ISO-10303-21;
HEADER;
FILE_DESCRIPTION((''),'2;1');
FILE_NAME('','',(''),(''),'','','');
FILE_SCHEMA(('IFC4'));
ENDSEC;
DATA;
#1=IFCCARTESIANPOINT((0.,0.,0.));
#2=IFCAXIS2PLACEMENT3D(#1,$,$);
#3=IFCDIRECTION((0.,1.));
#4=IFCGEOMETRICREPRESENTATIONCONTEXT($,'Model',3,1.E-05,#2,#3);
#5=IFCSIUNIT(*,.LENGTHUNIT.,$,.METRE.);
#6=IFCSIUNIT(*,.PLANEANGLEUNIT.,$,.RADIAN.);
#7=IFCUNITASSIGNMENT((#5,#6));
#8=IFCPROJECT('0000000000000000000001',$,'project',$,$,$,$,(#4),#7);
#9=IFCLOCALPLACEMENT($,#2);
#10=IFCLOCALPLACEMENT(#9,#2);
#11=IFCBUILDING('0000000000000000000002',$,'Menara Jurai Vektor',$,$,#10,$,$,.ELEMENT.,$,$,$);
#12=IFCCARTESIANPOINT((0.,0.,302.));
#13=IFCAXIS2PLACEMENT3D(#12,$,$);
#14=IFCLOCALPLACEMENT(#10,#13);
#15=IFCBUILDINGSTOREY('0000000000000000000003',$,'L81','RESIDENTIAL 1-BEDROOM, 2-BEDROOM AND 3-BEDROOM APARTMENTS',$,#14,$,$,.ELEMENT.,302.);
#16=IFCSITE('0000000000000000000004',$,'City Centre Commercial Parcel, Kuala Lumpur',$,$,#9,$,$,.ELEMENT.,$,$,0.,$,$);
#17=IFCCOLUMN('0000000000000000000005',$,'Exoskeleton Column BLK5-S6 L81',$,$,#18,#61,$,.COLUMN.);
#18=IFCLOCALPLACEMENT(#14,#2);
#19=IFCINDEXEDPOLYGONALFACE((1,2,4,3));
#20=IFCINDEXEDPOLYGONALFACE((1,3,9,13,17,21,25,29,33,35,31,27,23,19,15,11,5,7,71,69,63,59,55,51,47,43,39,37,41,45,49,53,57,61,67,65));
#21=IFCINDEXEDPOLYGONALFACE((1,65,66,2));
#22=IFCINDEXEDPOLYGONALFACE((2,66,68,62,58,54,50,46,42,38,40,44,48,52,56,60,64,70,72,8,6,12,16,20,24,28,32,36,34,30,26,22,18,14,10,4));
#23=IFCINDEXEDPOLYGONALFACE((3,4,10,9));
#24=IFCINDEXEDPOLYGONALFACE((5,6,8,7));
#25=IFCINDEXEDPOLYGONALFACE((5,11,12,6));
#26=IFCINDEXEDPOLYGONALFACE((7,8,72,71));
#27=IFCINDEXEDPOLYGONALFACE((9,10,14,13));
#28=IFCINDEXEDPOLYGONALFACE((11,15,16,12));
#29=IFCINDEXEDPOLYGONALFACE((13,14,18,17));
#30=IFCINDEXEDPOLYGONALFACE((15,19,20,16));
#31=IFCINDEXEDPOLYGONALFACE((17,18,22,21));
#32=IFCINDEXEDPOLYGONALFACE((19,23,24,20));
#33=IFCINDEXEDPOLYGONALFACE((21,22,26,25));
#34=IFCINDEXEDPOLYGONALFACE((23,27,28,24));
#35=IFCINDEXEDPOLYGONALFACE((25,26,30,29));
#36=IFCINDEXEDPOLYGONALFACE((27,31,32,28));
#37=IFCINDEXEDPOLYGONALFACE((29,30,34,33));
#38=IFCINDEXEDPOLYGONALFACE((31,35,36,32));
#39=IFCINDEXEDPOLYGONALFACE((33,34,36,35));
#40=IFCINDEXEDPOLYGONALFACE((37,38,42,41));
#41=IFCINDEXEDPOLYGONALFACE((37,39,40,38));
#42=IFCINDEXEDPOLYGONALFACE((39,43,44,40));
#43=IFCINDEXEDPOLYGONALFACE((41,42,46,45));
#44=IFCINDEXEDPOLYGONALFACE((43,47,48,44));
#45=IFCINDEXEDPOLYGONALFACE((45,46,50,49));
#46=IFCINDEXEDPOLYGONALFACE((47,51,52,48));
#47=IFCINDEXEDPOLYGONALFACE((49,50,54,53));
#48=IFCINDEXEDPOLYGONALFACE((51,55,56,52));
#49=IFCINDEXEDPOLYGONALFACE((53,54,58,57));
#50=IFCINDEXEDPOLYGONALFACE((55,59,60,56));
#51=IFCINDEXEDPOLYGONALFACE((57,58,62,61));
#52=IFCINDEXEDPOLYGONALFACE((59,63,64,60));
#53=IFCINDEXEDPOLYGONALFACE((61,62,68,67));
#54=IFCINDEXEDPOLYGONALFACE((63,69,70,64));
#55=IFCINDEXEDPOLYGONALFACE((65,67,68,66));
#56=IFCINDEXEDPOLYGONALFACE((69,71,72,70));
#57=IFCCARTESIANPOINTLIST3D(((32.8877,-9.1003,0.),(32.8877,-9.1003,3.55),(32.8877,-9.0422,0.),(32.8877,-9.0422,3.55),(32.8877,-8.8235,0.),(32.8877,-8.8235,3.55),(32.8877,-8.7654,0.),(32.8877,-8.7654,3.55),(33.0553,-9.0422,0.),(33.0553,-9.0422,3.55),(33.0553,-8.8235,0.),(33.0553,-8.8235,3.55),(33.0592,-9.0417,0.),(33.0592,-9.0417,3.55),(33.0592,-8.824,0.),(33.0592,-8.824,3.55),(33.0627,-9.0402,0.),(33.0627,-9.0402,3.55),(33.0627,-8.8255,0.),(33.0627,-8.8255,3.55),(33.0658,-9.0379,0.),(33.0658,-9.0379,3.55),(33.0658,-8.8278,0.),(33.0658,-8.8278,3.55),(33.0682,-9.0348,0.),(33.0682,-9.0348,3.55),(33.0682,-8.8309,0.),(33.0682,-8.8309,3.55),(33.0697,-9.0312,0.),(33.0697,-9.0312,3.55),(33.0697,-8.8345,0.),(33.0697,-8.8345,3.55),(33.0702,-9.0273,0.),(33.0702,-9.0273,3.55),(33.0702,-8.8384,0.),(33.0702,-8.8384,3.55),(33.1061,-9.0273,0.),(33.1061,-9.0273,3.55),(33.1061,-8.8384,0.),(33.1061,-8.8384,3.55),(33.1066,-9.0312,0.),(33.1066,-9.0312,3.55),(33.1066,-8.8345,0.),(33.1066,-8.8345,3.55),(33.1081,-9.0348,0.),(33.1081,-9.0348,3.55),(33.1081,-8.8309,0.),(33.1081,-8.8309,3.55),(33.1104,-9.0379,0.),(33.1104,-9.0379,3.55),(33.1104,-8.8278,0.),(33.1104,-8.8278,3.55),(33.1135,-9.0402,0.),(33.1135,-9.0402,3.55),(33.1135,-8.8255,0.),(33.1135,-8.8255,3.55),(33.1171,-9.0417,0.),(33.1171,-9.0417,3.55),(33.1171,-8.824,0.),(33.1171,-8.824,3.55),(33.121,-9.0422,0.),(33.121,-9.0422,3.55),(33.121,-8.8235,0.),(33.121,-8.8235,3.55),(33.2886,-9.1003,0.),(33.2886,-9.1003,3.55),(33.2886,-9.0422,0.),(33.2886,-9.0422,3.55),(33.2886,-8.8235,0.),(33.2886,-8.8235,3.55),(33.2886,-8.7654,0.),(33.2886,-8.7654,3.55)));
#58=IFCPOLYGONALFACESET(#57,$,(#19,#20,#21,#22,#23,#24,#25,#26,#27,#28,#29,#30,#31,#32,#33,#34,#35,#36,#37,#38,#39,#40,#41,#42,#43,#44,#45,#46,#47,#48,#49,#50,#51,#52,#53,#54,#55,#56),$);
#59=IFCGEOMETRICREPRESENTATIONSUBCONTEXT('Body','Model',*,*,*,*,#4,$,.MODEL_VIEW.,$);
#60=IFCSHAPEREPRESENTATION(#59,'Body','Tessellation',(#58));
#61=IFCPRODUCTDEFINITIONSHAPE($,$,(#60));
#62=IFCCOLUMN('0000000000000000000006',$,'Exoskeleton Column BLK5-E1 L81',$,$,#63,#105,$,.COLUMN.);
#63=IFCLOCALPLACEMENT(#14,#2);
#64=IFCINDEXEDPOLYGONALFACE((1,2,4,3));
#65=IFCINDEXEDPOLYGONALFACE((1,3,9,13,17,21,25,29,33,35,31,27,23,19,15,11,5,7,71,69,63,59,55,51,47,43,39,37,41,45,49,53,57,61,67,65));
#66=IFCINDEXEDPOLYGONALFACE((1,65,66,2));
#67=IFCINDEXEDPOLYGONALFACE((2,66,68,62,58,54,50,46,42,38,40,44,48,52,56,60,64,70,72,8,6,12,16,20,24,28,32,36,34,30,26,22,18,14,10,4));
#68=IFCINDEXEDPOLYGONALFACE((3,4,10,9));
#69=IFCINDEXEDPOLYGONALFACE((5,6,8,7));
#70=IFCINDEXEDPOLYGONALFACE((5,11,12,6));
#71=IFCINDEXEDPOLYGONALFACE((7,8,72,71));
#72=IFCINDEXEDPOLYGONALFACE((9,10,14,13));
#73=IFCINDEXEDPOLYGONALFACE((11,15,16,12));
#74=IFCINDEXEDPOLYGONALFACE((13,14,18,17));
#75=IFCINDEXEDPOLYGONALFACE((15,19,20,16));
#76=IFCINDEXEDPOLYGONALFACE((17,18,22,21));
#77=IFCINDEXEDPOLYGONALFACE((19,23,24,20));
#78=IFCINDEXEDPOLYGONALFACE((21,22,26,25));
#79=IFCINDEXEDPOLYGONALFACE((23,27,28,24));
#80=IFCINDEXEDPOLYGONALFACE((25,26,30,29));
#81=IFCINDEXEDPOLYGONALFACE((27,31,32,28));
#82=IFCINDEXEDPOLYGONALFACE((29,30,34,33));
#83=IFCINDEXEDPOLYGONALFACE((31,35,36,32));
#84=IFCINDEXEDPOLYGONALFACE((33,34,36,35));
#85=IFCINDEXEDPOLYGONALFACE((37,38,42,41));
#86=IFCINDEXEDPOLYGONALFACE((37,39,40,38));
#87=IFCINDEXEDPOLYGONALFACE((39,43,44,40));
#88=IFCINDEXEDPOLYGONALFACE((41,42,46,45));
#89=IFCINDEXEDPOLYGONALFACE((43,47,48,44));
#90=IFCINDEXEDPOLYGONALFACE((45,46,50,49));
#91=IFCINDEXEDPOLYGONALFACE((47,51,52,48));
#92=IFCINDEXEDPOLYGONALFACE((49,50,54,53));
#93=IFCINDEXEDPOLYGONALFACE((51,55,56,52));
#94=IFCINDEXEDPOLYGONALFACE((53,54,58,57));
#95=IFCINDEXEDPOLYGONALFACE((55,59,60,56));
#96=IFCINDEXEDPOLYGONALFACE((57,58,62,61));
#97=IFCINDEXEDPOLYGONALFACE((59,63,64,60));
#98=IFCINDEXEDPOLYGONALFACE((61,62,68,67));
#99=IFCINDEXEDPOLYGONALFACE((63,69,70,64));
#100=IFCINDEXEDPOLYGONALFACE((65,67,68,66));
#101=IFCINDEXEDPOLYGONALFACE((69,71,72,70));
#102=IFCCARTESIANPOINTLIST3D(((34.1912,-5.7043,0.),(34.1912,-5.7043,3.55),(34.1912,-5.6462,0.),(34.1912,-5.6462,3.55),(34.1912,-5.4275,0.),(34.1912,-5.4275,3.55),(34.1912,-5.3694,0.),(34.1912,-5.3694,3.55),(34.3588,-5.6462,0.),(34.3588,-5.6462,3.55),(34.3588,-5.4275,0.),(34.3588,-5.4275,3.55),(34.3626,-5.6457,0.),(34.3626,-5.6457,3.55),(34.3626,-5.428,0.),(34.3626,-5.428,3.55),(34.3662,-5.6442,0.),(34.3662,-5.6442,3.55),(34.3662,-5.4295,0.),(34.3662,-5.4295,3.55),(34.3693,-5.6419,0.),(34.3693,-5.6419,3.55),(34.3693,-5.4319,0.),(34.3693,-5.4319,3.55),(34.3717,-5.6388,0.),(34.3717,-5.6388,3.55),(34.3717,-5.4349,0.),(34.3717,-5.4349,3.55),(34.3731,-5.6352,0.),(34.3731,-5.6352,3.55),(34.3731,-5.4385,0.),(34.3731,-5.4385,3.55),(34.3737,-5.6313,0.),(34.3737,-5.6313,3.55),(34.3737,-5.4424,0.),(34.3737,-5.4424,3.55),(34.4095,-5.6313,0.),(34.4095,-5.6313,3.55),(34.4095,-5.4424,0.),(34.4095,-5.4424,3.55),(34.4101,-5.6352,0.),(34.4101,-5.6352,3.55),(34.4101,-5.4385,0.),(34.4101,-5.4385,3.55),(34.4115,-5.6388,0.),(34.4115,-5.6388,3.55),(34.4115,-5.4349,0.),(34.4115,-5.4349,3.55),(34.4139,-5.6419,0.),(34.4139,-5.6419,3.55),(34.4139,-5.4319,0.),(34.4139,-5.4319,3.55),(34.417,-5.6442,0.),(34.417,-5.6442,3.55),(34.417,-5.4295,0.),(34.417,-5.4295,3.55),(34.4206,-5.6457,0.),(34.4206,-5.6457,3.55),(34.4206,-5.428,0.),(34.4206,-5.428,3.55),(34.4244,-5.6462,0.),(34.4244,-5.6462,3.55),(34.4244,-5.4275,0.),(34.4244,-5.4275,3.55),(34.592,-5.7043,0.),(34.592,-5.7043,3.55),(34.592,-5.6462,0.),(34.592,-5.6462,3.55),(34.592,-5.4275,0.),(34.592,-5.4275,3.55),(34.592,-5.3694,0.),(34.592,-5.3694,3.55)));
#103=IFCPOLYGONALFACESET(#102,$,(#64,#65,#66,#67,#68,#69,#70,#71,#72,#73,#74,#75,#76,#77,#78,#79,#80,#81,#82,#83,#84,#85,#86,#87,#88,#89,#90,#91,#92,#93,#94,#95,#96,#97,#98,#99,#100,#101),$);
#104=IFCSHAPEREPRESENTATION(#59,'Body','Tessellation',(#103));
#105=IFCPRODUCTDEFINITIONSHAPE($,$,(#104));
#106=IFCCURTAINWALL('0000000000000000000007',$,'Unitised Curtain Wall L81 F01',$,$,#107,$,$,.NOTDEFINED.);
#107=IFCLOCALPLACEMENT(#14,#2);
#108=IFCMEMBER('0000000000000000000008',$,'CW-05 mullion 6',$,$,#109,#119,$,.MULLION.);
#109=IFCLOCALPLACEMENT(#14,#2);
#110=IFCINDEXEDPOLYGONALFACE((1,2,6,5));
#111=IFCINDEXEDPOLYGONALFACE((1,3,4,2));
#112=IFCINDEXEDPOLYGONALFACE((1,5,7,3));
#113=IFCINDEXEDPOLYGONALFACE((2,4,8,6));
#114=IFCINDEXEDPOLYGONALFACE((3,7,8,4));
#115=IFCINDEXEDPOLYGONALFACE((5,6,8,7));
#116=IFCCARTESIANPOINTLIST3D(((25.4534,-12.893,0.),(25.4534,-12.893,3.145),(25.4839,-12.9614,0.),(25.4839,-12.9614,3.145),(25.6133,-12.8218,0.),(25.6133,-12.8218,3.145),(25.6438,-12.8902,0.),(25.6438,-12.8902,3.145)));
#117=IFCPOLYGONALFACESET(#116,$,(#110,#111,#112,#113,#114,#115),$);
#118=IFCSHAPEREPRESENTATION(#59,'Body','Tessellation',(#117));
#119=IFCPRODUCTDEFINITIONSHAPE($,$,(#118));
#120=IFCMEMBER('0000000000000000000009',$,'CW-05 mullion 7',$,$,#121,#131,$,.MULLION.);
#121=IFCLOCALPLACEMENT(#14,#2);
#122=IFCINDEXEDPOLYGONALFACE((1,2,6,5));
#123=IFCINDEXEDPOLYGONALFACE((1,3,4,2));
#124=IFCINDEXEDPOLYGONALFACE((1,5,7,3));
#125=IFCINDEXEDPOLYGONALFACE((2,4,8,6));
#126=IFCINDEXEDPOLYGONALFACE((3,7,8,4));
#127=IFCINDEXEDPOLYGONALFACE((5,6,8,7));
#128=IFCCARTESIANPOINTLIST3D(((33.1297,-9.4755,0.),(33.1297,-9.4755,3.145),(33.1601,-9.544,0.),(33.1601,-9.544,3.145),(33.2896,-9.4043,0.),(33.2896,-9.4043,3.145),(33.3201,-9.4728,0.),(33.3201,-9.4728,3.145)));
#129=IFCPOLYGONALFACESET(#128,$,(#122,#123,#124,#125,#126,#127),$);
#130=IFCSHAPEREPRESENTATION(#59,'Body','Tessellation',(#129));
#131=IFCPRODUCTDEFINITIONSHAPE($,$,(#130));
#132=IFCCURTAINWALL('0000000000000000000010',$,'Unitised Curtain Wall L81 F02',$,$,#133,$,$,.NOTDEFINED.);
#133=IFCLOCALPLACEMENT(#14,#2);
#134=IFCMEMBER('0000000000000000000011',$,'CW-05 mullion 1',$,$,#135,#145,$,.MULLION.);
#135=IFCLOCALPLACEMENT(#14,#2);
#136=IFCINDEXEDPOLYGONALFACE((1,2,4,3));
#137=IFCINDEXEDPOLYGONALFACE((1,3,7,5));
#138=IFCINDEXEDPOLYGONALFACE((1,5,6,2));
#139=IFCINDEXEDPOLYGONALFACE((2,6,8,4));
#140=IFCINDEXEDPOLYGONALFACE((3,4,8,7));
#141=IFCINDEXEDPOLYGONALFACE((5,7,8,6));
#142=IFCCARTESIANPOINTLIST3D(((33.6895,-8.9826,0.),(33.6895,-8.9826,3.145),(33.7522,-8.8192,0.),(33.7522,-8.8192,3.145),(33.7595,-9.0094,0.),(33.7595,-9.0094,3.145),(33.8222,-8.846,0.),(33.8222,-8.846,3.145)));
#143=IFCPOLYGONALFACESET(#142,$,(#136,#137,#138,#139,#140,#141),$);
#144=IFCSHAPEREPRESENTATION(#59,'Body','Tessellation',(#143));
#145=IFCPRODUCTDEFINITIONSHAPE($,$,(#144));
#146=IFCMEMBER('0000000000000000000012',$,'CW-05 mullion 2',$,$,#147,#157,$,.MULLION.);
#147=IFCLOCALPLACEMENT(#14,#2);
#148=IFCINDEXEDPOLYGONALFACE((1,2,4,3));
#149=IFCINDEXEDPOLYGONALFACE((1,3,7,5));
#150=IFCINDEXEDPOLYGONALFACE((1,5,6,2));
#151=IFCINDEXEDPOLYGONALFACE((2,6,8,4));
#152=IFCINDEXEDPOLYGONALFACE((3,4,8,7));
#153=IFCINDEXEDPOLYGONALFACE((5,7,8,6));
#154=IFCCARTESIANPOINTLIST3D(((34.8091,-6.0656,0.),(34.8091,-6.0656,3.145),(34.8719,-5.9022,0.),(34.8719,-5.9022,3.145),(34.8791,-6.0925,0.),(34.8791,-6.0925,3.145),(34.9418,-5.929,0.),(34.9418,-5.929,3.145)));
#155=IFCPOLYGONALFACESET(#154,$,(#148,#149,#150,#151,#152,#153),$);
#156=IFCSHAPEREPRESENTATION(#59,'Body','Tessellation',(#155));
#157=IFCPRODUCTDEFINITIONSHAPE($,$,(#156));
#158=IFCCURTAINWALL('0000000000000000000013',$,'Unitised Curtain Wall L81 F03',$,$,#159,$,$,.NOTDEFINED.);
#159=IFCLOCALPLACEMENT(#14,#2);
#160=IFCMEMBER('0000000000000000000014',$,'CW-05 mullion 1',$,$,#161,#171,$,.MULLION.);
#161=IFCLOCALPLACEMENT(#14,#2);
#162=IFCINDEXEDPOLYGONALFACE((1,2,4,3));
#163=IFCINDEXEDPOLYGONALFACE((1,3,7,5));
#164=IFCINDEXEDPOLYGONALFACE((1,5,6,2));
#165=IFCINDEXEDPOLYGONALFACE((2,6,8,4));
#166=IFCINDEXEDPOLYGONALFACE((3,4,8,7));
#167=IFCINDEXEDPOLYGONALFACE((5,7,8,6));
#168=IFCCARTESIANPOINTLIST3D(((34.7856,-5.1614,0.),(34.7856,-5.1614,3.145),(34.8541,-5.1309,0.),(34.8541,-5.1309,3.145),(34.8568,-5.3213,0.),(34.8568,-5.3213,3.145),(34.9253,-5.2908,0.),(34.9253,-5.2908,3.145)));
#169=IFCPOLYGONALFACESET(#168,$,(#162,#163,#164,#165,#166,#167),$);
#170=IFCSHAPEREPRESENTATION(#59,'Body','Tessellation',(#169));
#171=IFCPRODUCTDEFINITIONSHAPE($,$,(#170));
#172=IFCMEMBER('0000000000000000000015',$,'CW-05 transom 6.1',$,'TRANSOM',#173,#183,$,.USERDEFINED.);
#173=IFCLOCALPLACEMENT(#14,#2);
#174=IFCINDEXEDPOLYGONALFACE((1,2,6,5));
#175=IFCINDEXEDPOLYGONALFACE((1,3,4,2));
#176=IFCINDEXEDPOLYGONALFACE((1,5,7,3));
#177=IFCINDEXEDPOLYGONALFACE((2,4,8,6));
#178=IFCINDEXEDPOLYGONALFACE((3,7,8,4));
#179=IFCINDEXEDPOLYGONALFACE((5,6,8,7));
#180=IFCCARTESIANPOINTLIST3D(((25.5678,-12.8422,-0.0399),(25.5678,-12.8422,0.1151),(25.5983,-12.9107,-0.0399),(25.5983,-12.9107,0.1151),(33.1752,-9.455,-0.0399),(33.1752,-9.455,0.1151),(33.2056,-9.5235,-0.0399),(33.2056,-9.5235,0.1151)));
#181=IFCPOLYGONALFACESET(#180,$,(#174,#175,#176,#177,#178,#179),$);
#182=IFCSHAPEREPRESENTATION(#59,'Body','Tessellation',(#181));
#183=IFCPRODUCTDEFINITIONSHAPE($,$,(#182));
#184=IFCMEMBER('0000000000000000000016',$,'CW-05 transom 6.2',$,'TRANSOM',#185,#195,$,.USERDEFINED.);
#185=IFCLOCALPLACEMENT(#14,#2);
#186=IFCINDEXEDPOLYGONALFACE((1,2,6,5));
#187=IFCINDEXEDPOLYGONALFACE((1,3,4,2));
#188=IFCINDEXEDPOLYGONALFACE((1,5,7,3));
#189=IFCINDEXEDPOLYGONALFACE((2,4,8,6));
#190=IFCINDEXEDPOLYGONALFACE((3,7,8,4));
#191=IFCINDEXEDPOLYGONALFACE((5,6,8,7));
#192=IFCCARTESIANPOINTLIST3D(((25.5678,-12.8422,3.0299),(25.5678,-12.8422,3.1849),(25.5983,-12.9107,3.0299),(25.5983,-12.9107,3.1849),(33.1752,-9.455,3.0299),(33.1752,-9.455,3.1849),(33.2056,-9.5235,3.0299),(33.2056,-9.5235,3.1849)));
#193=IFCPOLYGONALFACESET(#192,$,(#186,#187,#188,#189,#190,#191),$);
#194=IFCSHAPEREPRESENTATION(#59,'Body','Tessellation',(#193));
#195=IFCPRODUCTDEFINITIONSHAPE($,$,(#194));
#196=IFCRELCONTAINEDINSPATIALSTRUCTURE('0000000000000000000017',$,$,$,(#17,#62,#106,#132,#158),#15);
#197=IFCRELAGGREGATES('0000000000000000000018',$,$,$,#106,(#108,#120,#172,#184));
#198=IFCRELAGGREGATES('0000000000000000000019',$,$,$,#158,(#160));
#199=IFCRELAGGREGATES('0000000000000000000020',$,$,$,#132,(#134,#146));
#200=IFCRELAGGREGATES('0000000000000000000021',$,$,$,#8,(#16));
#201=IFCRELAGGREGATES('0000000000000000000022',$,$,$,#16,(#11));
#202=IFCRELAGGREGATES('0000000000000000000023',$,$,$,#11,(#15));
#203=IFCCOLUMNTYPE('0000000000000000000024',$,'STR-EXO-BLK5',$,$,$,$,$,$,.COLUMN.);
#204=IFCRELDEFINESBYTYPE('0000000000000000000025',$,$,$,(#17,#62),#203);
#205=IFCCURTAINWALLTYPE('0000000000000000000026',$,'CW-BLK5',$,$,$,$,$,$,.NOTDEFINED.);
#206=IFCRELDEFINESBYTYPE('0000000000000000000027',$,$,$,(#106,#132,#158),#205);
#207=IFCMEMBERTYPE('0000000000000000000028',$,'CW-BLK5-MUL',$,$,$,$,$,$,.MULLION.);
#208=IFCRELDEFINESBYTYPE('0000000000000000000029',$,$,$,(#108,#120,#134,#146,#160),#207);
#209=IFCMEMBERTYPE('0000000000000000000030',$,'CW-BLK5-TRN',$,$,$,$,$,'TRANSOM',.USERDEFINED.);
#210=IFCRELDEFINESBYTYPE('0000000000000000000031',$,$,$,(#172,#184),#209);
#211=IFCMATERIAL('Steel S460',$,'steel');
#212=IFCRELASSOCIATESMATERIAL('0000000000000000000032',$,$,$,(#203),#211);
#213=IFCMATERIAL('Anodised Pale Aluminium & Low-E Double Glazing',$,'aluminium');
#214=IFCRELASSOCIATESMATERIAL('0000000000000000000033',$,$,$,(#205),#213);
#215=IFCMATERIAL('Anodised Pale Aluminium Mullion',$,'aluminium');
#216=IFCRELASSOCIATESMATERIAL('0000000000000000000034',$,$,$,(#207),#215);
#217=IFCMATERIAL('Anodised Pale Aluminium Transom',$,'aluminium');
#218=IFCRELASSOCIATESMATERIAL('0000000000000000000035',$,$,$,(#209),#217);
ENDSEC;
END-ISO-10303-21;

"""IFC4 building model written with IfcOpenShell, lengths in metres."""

from ifc_helpers import new_model, si_unit, direction, frame, origin, origin_2d, place, context, subcontext, project, spatial, rectangle, i_section, extrude, material, material_profile, profile_set, type_object, element, aggregate, save


model = new_model("IFC4")

# Units and contexts
model_context = context("Model", 3, precision=1e-05, world=origin(), true_north=direction((0.0, 1.0)))
body_context = subcontext(model_context, "Body", "Model", "MODEL_VIEW")
ifc_project = project(units=[si_unit("LENGTHUNIT", "METRE"), si_unit("PLANEANGLEUNIT", "RADIAN")], contexts=[model_context])

# Site, building, storey
site_placement = place(None, origin())
site = spatial("IfcSite", under=ifc_project, at=site_placement, Name="City Centre Commercial Parcel, Kuala Lumpur", CompositionType="ELEMENT", RefElevation=0.0)
building_placement = place(site_placement, origin())
building = spatial("IfcBuilding", under=site, at=building_placement, Name="Menara Jurai Vektor", CompositionType="ELEMENT")
storey_placement = place(building_placement, frame((0.0, 0.0, 302.0)))
storey = spatial("IfcBuildingStorey", under=building, at=storey_placement, Name="L81", Description="RESIDENTIAL 1-BEDROOM, 2-BEDROOM AND 3-BEDROOM APARTMENTS", CompositionType="ELEMENT", Elevation=302.0)

# Columns
ifc_material_1 = material(Name="Steel S460", Category="steel")
ifc_material_profile_1 = material_profile(ifc_material_1, i_section(OverallWidth=0.4009, OverallDepth=0.335, WebThickness=0.0359, FlangeThickness=0.0581, FilletRadius=0.0149, at=origin_2d()), Name="HD 400x463")
ifc_profile_set_1 = profile_set([ifc_material_profile_1], Name="Steel S460")
column_type = type_object("IfcColumnType", Name="STR-EXO-BLK5", PredefinedType="COLUMN", material=ifc_profile_set_1)
for number, where, z_axis, x_axis, name in (
    (1, (33.0881, -8.9329, 0.0), (0.0, 0.0, 1.0), (1.0, 0.0, 0.0), "Exoskeleton Column BLK5-S6 L81"),
    (2, (34.3916, -5.5369, 0.0), (0.0, 0.0, 1.0), (1.0, 0.0, 0.0), "Exoskeleton Column BLK5-E1 L81"),
):
    element("IfcColumn", number, at=place(storey_placement, frame(where, z_axis=z_axis, x_axis=x_axis)), inside=storey, type_object=column_type, Name=name, PredefinedType="COLUMN", context=body_context, shape_type="SweptSolid", body=[
        extrude(i_section(OverallWidth=0.4009, OverallDepth=0.335, WebThickness=0.0359, FlangeThickness=0.0581, FilletRadius=0.0149, at=origin_2d()), origin(), (0.0, 0.0, 1.0), 3.55),
    ])

# Curtain walls, members
ifc_material_2 = material(Name="Anodised Pale Aluminium & Low-E Double Glazing", Category="aluminium")
curtain_wall_type = type_object("IfcCurtainWallType", Name="CW-BLK5", PredefinedType="NOTDEFINED", material=ifc_material_2)
curtain_wall_1_placement = place(storey_placement, origin())
curtain_wall_1 = element("IfcCurtainWall", 3, at=curtain_wall_1_placement, inside=storey, type_object=curtain_wall_type, Name="Unitised Curtain Wall L81 F01", PredefinedType="NOTDEFINED")
ifc_material_3 = material(Name="Anodised Pale Aluminium Mullion", Category="aluminium")
ifc_material_profile_2 = material_profile(ifc_material_3, rectangle(XDim=0.075, YDim=0.175, at=origin_2d()), Name="ALU MUL 75x175")
ifc_profile_set_2 = profile_set([ifc_material_profile_2], Name="Anodised Pale Aluminium Mullion")
member_type_1 = type_object("IfcMemberType", Name="CW-BLK5-MUL", PredefinedType="MULLION", material=ifc_profile_set_2)
member_1_placement = place(storey_placement, frame((25.5486, -12.8916, 0.0), z_axis=(0.0, 0.0, 1.0), x_axis=(-0.406735, 0.913546, 0.0)))
member_1 = element("IfcMember", 4, at=member_1_placement, type_object=member_type_1, Name="CW-05 mullion 6", PredefinedType="MULLION", context=body_context, shape_type="SweptSolid", body=[
    extrude(rectangle(XDim=0.075, YDim=0.175, at=origin_2d()), origin(), (0.0, 0.0, 1.0), 3.145),
])
member_2_placement = place(storey_placement, frame((33.2249, -9.4741, 0.0), z_axis=(0.0, 0.0, 1.0), x_axis=(-0.406735, 0.913546, 0.0)))
member_2 = element("IfcMember", 5, at=member_2_placement, type_object=member_type_1, Name="CW-05 mullion 7", PredefinedType="MULLION", context=body_context, shape_type="SweptSolid", body=[
    extrude(rectangle(XDim=0.075, YDim=0.175, at=origin_2d()), origin(), (0.0, 0.0, 1.0), 3.145),
])
curtain_wall_2_placement = place(storey_placement, origin())
curtain_wall_2 = element("IfcCurtainWall", 6, at=curtain_wall_2_placement, inside=storey, type_object=curtain_wall_type, Name="Unitised Curtain Wall L81 F02", PredefinedType="NOTDEFINED")
member_3_placement = place(storey_placement, frame((33.7559, -8.9143, 0.0), z_axis=(0.0, 0.0, 1.0), x_axis=(-0.933578, 0.358374, 0.0)))
member_3 = element("IfcMember", 7, at=member_3_placement, type_object=member_type_1, Name="CW-05 mullion 1", PredefinedType="MULLION", context=body_context, shape_type="SweptSolid", body=[
    extrude(rectangle(XDim=0.075, YDim=0.175, at=origin_2d()), origin(), (0.0, 0.0, 1.0), 3.145),
])
member_4_placement = place(storey_placement, frame((34.8755, -5.9973, 0.0), z_axis=(0.0, 0.0, 1.0), x_axis=(-0.933578, 0.358374, 0.0)))
member_4 = element("IfcMember", 8, at=member_4_placement, type_object=member_type_1, Name="CW-05 mullion 2", PredefinedType="MULLION", context=body_context, shape_type="SweptSolid", body=[
    extrude(rectangle(XDim=0.075, YDim=0.175, at=origin_2d()), origin(), (0.0, 0.0, 1.0), 3.145),
])

# Curtain wall, member
curtain_wall_3_placement = place(storey_placement, origin())
curtain_wall_3 = element("IfcCurtainWall", 9, at=curtain_wall_3_placement, inside=storey, type_object=curtain_wall_type, Name="Unitised Curtain Wall L81 F03", PredefinedType="NOTDEFINED")
member_5_placement = place(storey_placement, frame((34.8555, -5.2261, 0.0), z_axis=(0.0, 0.0, 1.0), x_axis=(-0.913546, -0.406735, 0.0)))
member_5 = element("IfcMember", 10, at=member_5_placement, type_object=member_type_1, Name="CW-05 mullion 1", PredefinedType="MULLION", context=body_context, shape_type="SweptSolid", body=[
    extrude(rectangle(XDim=0.075, YDim=0.175, at=origin_2d()), origin(), (0.0, 0.0, 1.0), 3.145),
])

# Members
ifc_material_4 = material(Name="Anodised Pale Aluminium Transom", Category="aluminium")
ifc_material_profile_3 = material_profile(ifc_material_4, rectangle(XDim=0.075, YDim=0.155, at=origin_2d()), Name="ALU TRN 75x155")
ifc_profile_set_3 = profile_set([ifc_material_profile_3], Name="Anodised Pale Aluminium Transom")
member_type_2 = type_object("IfcMemberType", Name="CW-BLK5-TRN", ElementType="TRANSOM", PredefinedType="USERDEFINED", material=ifc_profile_set_3)
member_6_placement = place(storey_placement, frame((25.583, -12.8765, 0.0376), z_axis=(0.913538, 0.406753, 0.0), x_axis=(-0.406753, 0.913538, 0.0)))
member_6 = element("IfcMember", 11, at=member_6_placement, type_object=member_type_2, Name="CW-05 transom 6.1", ObjectType="TRANSOM", PredefinedType="USERDEFINED", context=body_context, shape_type="SweptSolid", body=[
    extrude(rectangle(XDim=0.075, YDim=0.155, at=origin_2d()), origin(), (0.0, 0.0, 1.0), 8.3274),
])
member_7_placement = place(storey_placement, frame((25.583, -12.8765, 3.1074), z_axis=(0.913538, 0.406753, 0.0), x_axis=(-0.406753, 0.913538, 0.0)))
member_7 = element("IfcMember", 12, at=member_7_placement, type_object=member_type_2, Name="CW-05 transom 6.2", ObjectType="TRANSOM", PredefinedType="USERDEFINED", context=body_context, shape_type="SweptSolid", body=[
    extrude(rectangle(XDim=0.075, YDim=0.155, at=origin_2d()), origin(), (0.0, 0.0, 1.0), 8.3274),
])

aggregate(curtain_wall_1, [member_1, member_2, member_6, member_7])
aggregate(curtain_wall_3, [member_5])
aggregate(curtain_wall_2, [member_3, member_4])

save(model, "model.ifc")
